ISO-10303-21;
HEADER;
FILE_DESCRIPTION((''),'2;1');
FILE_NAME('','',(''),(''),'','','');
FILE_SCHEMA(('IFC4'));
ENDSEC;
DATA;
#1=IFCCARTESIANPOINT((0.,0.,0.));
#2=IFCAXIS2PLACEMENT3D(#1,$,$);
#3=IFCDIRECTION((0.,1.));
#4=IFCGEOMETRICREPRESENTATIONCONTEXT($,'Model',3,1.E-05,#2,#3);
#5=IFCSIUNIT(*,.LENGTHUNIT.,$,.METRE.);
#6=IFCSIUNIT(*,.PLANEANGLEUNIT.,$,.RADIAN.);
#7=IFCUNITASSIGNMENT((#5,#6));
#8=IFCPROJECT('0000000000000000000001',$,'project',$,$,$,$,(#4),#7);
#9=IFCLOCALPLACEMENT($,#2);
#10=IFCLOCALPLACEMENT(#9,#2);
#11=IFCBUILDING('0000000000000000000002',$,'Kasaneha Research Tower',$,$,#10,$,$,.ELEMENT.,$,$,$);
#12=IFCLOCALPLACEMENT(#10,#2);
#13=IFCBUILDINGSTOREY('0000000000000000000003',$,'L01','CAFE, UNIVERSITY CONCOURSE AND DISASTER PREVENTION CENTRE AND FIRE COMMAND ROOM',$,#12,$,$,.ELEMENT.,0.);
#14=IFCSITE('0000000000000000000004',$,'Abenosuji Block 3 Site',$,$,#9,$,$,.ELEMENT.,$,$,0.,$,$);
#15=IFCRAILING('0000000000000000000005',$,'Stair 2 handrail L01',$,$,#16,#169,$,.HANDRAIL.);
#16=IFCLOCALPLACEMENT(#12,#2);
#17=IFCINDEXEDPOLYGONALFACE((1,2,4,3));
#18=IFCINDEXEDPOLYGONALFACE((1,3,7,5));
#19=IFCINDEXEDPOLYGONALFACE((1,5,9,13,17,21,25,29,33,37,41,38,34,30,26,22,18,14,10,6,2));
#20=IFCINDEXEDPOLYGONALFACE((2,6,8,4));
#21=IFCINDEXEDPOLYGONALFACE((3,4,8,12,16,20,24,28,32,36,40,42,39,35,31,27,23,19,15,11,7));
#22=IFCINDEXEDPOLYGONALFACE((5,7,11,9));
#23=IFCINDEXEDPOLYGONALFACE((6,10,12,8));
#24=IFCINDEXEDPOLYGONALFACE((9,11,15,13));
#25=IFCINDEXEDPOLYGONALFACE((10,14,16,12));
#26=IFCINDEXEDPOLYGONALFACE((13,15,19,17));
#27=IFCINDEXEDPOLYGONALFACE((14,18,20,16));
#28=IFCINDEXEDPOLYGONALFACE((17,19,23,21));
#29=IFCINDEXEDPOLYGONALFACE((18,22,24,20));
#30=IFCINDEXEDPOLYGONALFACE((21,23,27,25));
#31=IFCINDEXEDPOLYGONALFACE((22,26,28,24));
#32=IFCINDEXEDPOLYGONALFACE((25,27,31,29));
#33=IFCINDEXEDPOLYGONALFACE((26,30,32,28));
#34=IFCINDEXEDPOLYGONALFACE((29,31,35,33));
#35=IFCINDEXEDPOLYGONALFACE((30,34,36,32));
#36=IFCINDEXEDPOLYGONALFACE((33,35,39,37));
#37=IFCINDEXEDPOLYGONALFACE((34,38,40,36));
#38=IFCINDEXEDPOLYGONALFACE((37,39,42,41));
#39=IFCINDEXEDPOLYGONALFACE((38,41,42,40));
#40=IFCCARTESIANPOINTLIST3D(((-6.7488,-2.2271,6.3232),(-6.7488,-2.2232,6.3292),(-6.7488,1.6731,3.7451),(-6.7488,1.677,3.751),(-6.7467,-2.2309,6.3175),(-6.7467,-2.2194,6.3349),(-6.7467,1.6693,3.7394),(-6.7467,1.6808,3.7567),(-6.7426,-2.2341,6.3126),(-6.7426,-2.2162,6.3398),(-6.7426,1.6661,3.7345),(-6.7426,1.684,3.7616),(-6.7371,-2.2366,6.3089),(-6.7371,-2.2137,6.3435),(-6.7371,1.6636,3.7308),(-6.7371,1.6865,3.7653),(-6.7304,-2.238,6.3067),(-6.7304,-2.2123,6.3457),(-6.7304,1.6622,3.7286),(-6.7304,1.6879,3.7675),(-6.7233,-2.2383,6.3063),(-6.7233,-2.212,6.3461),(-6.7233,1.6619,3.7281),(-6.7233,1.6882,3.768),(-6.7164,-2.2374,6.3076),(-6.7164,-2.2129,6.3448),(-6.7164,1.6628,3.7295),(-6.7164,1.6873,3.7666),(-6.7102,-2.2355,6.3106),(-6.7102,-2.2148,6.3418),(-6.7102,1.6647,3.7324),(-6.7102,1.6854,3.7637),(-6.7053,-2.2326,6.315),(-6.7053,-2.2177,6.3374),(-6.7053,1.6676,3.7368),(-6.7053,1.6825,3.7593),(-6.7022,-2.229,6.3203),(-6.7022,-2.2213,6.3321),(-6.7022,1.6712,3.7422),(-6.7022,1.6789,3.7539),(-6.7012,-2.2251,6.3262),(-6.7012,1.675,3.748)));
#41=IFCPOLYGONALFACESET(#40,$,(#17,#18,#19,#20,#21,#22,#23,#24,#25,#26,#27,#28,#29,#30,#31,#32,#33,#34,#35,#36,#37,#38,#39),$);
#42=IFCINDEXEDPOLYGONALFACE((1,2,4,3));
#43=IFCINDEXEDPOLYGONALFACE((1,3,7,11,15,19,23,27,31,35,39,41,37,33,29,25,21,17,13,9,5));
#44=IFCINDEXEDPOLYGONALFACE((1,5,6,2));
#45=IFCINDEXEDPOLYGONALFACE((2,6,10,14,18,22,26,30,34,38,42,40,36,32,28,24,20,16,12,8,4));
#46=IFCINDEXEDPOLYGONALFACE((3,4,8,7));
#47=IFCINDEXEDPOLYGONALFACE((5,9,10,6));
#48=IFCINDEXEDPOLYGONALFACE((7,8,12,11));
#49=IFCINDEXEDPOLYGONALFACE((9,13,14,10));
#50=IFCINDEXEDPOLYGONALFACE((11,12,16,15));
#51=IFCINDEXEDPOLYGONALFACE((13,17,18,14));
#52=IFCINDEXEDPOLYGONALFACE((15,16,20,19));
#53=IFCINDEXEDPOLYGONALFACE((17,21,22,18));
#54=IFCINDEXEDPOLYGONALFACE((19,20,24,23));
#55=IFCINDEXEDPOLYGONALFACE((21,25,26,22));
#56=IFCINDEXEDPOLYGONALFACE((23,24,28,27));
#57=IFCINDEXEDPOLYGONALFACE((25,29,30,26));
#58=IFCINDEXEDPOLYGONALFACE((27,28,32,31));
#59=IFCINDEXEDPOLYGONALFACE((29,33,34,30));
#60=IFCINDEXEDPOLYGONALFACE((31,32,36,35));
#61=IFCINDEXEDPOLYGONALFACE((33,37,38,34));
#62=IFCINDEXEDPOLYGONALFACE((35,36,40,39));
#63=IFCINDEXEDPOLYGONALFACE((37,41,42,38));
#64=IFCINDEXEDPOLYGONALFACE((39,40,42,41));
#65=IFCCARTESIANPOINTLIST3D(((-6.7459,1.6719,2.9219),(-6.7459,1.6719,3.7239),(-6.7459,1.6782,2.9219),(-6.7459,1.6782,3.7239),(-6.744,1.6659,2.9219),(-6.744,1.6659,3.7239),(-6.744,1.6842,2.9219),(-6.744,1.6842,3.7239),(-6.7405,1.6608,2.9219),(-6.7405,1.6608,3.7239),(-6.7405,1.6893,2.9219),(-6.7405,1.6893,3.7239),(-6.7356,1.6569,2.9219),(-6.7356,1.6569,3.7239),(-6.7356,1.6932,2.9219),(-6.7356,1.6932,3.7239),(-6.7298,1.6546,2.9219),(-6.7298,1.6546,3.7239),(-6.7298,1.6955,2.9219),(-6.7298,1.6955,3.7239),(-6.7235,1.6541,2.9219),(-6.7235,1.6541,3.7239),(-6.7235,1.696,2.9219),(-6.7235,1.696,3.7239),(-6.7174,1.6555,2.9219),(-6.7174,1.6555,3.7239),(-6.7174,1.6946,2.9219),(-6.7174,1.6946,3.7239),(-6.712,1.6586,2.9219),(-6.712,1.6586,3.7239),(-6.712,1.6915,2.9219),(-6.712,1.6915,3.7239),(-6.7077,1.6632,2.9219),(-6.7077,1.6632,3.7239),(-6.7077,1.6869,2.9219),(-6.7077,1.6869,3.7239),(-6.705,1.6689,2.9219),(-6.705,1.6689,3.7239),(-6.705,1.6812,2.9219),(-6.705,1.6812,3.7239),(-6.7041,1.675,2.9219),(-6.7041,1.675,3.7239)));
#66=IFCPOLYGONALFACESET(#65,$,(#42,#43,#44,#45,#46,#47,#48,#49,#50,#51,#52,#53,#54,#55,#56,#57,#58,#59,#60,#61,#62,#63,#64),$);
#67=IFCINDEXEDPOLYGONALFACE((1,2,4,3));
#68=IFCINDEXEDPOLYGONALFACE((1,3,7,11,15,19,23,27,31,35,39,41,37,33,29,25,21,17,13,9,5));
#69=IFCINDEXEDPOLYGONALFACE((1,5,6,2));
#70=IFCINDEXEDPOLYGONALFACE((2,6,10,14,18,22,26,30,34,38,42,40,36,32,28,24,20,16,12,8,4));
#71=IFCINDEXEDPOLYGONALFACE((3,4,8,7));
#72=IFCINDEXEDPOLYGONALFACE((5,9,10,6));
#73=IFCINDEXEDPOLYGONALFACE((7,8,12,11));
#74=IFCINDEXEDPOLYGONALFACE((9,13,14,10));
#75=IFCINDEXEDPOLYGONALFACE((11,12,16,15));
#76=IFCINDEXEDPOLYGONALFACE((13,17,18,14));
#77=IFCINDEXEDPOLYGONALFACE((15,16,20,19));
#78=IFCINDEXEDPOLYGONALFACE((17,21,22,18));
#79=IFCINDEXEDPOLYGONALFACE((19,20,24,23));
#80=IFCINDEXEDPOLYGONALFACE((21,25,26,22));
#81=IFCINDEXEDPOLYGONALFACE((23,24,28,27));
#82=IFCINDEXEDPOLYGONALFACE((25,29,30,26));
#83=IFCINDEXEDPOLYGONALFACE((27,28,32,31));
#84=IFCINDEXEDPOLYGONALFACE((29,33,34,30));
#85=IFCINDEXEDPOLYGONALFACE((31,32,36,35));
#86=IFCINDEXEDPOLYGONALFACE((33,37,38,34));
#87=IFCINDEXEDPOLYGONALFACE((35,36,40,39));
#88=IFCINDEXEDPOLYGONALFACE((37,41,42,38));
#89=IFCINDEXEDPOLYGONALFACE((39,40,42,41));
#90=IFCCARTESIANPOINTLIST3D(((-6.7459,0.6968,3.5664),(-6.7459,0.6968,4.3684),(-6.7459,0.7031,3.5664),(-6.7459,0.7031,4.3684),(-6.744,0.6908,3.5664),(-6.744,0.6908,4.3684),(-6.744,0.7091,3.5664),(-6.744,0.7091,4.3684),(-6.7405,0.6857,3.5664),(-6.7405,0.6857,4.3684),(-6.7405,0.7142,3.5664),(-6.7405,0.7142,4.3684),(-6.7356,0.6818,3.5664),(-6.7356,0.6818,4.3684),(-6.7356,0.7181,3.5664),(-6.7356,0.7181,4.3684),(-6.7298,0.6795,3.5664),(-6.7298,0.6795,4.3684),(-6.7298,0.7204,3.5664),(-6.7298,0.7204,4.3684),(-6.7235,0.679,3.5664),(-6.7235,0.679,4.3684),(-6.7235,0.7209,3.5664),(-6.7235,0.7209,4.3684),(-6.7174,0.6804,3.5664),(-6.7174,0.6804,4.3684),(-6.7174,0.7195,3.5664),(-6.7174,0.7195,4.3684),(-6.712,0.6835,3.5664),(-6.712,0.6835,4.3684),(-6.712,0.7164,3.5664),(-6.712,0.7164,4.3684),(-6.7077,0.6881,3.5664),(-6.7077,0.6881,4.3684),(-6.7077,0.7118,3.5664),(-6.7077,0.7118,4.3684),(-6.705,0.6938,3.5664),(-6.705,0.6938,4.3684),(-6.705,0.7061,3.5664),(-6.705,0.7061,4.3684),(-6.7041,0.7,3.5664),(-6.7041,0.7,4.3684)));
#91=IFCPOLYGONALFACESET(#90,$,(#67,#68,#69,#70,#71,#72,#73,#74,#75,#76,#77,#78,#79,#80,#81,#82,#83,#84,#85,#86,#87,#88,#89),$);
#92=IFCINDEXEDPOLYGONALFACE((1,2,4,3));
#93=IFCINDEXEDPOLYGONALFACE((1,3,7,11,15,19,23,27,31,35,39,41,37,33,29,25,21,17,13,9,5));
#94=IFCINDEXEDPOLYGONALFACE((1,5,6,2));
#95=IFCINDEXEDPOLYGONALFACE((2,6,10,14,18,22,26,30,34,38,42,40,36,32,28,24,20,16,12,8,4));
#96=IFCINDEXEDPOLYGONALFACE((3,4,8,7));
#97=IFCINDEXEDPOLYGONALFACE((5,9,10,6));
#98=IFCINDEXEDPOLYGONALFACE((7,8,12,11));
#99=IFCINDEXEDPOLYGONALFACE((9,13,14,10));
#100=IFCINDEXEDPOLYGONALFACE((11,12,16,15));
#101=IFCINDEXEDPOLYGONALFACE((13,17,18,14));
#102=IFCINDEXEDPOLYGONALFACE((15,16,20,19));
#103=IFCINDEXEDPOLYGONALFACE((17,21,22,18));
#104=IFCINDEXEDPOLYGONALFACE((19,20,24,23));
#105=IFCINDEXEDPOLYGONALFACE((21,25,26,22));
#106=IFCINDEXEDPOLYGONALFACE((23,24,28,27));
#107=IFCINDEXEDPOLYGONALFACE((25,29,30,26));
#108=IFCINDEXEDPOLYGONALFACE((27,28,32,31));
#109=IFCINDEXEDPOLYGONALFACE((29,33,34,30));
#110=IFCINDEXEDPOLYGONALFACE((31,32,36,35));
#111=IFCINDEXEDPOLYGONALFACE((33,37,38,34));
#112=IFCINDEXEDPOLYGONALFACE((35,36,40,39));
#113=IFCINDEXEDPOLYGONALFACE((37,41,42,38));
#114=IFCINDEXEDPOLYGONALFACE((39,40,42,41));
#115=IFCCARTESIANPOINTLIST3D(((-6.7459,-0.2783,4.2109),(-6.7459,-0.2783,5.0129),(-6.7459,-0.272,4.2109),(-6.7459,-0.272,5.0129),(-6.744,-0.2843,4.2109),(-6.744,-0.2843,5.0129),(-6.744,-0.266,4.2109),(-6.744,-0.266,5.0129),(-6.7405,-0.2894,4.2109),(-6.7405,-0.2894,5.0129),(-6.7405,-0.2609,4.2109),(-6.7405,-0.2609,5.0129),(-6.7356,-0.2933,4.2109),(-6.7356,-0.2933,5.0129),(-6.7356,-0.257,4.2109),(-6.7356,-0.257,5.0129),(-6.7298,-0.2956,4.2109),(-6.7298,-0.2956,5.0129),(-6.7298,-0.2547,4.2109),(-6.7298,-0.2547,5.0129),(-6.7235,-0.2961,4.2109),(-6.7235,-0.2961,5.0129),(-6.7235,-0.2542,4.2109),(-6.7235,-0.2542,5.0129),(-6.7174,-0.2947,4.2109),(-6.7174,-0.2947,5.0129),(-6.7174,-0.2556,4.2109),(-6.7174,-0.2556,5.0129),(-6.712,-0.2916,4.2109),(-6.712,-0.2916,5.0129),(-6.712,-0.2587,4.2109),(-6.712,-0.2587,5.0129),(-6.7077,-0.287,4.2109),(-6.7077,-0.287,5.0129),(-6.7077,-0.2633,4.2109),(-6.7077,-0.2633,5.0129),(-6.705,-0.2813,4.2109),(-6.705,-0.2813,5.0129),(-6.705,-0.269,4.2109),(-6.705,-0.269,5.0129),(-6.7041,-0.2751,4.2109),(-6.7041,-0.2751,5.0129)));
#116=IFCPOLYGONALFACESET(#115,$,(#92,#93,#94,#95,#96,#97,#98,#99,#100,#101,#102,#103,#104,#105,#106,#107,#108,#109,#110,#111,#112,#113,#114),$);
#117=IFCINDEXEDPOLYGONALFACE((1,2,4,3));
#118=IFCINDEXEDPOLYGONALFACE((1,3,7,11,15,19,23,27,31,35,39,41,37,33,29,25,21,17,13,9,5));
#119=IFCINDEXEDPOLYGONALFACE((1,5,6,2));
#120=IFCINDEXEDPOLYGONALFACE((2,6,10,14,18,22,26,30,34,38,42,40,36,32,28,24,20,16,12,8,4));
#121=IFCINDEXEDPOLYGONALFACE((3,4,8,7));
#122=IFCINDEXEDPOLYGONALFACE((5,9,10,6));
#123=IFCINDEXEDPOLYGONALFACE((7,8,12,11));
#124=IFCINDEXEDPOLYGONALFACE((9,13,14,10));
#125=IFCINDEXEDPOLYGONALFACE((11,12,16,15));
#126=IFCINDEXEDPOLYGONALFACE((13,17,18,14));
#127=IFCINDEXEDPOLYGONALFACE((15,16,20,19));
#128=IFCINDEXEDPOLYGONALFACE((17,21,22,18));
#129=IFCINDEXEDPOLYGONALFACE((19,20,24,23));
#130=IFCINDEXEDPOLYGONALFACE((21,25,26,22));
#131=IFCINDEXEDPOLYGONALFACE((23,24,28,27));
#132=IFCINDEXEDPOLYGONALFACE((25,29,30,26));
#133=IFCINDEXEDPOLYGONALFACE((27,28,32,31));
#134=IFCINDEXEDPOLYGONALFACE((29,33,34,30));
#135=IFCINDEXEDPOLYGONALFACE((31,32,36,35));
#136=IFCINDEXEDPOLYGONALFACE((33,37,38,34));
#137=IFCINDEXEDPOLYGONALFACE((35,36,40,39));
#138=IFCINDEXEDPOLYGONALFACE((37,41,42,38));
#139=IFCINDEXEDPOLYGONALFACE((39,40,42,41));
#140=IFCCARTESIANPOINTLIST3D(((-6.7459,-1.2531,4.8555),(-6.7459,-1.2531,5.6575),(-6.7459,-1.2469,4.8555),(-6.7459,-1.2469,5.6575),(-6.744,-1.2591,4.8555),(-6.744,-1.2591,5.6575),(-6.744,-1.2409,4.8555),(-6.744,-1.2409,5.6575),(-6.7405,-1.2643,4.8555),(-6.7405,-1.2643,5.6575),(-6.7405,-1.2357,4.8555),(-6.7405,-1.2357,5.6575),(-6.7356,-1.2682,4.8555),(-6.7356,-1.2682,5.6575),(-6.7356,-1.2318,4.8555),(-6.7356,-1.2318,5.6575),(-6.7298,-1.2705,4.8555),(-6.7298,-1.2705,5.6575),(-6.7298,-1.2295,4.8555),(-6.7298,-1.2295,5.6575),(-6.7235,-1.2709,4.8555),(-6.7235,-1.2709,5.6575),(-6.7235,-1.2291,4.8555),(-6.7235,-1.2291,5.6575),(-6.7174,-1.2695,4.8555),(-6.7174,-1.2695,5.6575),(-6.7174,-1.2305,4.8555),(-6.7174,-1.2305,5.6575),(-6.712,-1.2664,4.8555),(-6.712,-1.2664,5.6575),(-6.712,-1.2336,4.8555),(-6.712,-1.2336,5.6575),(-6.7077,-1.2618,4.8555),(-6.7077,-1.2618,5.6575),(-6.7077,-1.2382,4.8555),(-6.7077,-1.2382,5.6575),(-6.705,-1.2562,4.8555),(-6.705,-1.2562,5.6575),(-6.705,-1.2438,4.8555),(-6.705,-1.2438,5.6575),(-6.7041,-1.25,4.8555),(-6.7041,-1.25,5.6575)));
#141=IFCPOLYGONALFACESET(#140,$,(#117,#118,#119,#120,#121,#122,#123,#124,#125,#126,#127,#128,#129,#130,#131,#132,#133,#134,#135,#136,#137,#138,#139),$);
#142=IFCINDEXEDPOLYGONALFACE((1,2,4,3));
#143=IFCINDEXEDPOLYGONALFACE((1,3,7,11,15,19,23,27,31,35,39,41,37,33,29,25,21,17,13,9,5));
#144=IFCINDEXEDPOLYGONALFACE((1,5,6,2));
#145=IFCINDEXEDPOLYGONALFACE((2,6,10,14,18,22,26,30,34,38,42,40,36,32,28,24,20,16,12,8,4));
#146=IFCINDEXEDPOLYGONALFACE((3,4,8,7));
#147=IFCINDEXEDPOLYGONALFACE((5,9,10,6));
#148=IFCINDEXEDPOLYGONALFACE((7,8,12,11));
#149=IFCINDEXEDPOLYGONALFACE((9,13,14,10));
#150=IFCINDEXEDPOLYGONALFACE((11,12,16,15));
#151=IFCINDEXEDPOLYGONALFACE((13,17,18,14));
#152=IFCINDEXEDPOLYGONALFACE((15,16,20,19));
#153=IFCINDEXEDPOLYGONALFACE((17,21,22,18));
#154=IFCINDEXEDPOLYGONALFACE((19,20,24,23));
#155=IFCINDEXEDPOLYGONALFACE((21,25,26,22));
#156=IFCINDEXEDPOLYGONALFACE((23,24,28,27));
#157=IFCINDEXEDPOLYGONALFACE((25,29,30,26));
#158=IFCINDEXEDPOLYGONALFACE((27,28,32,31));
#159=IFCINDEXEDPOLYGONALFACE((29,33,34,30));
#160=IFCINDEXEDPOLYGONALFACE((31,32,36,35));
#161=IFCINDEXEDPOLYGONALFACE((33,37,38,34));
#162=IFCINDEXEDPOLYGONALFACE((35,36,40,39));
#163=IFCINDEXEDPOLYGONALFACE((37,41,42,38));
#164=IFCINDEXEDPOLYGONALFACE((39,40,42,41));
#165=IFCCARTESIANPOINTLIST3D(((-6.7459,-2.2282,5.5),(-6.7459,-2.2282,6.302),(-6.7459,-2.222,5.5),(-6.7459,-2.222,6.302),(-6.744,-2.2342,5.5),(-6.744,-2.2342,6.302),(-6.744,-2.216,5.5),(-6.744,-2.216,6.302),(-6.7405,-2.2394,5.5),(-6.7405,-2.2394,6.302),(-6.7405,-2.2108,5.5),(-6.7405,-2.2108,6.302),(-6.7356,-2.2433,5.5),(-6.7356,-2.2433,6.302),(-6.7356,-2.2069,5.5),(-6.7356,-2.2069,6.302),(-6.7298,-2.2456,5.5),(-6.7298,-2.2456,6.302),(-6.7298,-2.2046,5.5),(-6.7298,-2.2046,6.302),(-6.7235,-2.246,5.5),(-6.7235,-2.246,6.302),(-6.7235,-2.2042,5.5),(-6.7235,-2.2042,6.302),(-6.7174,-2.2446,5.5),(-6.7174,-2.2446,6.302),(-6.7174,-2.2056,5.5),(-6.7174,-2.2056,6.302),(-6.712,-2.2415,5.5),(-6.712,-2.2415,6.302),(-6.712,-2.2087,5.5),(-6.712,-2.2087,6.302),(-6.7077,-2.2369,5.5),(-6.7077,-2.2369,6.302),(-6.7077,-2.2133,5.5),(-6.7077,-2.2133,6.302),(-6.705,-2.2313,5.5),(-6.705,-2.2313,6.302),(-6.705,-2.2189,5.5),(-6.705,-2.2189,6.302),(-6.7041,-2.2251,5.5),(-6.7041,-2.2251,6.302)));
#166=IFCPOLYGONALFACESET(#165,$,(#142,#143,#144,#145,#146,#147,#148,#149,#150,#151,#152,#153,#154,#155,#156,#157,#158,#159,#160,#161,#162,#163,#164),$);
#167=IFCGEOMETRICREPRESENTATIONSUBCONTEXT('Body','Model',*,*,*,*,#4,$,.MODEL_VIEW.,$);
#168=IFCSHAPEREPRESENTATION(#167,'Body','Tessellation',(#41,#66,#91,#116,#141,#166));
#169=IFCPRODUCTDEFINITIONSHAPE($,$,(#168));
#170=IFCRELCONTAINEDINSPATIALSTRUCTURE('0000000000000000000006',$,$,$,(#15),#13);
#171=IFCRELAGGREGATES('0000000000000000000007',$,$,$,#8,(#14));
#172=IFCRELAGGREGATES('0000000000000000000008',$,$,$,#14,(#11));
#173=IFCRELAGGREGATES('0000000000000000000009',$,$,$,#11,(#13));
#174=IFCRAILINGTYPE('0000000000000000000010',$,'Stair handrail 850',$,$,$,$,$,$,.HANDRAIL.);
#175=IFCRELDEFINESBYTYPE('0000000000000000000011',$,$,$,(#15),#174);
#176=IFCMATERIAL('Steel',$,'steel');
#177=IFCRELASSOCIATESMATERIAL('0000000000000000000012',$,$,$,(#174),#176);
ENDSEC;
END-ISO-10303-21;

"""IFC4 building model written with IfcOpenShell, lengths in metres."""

from ifc_helpers import new_model, si_unit, direction, frame, origin, origin_2d, place, context, subcontext, project, spatial, circle, extrude, material, type_object, element, save


model = new_model("IFC4")

# Units and contexts
model_context = context("Model", 3, precision=1e-05, world=origin(), true_north=direction((0.0, 1.0)))
body_context = subcontext(model_context, "Body", "Model", "MODEL_VIEW")
ifc_project = project(units=[si_unit("LENGTHUNIT", "METRE"), si_unit("PLANEANGLEUNIT", "RADIAN")], contexts=[model_context])

# Site, building, storey
site_placement = place(None, origin())
site = spatial("IfcSite", under=ifc_project, at=site_placement, Name="Abenosuji Block 3 Site", CompositionType="ELEMENT", RefElevation=0.0)
building_placement = place(site_placement, origin())
building = spatial("IfcBuilding", under=site, at=building_placement, Name="Kasaneha Research Tower", CompositionType="ELEMENT")
storey_placement = place(building_placement, origin())
storey = spatial("IfcBuildingStorey", under=building, at=storey_placement, Name="L01", Description="CAFE, UNIVERSITY CONCOURSE AND DISASTER PREVENTION CENTRE AND FIRE COMMAND ROOM", CompositionType="ELEMENT", Elevation=0.0)

# Railing
ifc_material_1 = material(Name="Steel", Category="steel")
railing_type_1 = type_object("IfcRailingType", Name="Stair handrail 850", PredefinedType="HANDRAIL", material=ifc_material_1)
railing_1_placement = place(storey_placement, frame((-6.7251, 1.675, 2.9219)))
element("IfcRailing", 1, at=railing_1_placement, inside=storey, type_object=railing_type_1, Name="Stair 2 handrail L01", PredefinedType="HANDRAIL", context=body_context, shape_type="SweptSolid", body=[
    extrude(circle(Radius=0.0239, at=origin_2d()), frame((0.0, 0.0, 0.8262), z_axis=(0.0, -0.834213, 0.551442), x_axis=(1.0, 0.0, 0.0)), (0.0, 0.0, 1.0), 4.6753),
    extrude(circle(Radius=0.021, at=origin_2d()), origin(), (0.0, 0.0, 1.0), 0.802),
    extrude(circle(Radius=0.021, at=origin_2d()), frame((0.0, -0.9751, 0.6445)), (0.0, 0.0, 1.0), 0.802),
    extrude(circle(Radius=0.021, at=origin_2d()), frame((0.0, -1.9502, 1.2891)), (0.0, 0.0, 1.0), 0.802),
    extrude(circle(Radius=0.021, at=origin_2d()), frame((0.0, -2.925, 1.9336)), (0.0, 0.0, 1.0), 0.802),
    extrude(circle(Radius=0.021, at=origin_2d()), frame((0.0, -3.9001, 2.5781)), (0.0, 0.0, 1.0), 0.802),
])

save(model, "model.ifc")
